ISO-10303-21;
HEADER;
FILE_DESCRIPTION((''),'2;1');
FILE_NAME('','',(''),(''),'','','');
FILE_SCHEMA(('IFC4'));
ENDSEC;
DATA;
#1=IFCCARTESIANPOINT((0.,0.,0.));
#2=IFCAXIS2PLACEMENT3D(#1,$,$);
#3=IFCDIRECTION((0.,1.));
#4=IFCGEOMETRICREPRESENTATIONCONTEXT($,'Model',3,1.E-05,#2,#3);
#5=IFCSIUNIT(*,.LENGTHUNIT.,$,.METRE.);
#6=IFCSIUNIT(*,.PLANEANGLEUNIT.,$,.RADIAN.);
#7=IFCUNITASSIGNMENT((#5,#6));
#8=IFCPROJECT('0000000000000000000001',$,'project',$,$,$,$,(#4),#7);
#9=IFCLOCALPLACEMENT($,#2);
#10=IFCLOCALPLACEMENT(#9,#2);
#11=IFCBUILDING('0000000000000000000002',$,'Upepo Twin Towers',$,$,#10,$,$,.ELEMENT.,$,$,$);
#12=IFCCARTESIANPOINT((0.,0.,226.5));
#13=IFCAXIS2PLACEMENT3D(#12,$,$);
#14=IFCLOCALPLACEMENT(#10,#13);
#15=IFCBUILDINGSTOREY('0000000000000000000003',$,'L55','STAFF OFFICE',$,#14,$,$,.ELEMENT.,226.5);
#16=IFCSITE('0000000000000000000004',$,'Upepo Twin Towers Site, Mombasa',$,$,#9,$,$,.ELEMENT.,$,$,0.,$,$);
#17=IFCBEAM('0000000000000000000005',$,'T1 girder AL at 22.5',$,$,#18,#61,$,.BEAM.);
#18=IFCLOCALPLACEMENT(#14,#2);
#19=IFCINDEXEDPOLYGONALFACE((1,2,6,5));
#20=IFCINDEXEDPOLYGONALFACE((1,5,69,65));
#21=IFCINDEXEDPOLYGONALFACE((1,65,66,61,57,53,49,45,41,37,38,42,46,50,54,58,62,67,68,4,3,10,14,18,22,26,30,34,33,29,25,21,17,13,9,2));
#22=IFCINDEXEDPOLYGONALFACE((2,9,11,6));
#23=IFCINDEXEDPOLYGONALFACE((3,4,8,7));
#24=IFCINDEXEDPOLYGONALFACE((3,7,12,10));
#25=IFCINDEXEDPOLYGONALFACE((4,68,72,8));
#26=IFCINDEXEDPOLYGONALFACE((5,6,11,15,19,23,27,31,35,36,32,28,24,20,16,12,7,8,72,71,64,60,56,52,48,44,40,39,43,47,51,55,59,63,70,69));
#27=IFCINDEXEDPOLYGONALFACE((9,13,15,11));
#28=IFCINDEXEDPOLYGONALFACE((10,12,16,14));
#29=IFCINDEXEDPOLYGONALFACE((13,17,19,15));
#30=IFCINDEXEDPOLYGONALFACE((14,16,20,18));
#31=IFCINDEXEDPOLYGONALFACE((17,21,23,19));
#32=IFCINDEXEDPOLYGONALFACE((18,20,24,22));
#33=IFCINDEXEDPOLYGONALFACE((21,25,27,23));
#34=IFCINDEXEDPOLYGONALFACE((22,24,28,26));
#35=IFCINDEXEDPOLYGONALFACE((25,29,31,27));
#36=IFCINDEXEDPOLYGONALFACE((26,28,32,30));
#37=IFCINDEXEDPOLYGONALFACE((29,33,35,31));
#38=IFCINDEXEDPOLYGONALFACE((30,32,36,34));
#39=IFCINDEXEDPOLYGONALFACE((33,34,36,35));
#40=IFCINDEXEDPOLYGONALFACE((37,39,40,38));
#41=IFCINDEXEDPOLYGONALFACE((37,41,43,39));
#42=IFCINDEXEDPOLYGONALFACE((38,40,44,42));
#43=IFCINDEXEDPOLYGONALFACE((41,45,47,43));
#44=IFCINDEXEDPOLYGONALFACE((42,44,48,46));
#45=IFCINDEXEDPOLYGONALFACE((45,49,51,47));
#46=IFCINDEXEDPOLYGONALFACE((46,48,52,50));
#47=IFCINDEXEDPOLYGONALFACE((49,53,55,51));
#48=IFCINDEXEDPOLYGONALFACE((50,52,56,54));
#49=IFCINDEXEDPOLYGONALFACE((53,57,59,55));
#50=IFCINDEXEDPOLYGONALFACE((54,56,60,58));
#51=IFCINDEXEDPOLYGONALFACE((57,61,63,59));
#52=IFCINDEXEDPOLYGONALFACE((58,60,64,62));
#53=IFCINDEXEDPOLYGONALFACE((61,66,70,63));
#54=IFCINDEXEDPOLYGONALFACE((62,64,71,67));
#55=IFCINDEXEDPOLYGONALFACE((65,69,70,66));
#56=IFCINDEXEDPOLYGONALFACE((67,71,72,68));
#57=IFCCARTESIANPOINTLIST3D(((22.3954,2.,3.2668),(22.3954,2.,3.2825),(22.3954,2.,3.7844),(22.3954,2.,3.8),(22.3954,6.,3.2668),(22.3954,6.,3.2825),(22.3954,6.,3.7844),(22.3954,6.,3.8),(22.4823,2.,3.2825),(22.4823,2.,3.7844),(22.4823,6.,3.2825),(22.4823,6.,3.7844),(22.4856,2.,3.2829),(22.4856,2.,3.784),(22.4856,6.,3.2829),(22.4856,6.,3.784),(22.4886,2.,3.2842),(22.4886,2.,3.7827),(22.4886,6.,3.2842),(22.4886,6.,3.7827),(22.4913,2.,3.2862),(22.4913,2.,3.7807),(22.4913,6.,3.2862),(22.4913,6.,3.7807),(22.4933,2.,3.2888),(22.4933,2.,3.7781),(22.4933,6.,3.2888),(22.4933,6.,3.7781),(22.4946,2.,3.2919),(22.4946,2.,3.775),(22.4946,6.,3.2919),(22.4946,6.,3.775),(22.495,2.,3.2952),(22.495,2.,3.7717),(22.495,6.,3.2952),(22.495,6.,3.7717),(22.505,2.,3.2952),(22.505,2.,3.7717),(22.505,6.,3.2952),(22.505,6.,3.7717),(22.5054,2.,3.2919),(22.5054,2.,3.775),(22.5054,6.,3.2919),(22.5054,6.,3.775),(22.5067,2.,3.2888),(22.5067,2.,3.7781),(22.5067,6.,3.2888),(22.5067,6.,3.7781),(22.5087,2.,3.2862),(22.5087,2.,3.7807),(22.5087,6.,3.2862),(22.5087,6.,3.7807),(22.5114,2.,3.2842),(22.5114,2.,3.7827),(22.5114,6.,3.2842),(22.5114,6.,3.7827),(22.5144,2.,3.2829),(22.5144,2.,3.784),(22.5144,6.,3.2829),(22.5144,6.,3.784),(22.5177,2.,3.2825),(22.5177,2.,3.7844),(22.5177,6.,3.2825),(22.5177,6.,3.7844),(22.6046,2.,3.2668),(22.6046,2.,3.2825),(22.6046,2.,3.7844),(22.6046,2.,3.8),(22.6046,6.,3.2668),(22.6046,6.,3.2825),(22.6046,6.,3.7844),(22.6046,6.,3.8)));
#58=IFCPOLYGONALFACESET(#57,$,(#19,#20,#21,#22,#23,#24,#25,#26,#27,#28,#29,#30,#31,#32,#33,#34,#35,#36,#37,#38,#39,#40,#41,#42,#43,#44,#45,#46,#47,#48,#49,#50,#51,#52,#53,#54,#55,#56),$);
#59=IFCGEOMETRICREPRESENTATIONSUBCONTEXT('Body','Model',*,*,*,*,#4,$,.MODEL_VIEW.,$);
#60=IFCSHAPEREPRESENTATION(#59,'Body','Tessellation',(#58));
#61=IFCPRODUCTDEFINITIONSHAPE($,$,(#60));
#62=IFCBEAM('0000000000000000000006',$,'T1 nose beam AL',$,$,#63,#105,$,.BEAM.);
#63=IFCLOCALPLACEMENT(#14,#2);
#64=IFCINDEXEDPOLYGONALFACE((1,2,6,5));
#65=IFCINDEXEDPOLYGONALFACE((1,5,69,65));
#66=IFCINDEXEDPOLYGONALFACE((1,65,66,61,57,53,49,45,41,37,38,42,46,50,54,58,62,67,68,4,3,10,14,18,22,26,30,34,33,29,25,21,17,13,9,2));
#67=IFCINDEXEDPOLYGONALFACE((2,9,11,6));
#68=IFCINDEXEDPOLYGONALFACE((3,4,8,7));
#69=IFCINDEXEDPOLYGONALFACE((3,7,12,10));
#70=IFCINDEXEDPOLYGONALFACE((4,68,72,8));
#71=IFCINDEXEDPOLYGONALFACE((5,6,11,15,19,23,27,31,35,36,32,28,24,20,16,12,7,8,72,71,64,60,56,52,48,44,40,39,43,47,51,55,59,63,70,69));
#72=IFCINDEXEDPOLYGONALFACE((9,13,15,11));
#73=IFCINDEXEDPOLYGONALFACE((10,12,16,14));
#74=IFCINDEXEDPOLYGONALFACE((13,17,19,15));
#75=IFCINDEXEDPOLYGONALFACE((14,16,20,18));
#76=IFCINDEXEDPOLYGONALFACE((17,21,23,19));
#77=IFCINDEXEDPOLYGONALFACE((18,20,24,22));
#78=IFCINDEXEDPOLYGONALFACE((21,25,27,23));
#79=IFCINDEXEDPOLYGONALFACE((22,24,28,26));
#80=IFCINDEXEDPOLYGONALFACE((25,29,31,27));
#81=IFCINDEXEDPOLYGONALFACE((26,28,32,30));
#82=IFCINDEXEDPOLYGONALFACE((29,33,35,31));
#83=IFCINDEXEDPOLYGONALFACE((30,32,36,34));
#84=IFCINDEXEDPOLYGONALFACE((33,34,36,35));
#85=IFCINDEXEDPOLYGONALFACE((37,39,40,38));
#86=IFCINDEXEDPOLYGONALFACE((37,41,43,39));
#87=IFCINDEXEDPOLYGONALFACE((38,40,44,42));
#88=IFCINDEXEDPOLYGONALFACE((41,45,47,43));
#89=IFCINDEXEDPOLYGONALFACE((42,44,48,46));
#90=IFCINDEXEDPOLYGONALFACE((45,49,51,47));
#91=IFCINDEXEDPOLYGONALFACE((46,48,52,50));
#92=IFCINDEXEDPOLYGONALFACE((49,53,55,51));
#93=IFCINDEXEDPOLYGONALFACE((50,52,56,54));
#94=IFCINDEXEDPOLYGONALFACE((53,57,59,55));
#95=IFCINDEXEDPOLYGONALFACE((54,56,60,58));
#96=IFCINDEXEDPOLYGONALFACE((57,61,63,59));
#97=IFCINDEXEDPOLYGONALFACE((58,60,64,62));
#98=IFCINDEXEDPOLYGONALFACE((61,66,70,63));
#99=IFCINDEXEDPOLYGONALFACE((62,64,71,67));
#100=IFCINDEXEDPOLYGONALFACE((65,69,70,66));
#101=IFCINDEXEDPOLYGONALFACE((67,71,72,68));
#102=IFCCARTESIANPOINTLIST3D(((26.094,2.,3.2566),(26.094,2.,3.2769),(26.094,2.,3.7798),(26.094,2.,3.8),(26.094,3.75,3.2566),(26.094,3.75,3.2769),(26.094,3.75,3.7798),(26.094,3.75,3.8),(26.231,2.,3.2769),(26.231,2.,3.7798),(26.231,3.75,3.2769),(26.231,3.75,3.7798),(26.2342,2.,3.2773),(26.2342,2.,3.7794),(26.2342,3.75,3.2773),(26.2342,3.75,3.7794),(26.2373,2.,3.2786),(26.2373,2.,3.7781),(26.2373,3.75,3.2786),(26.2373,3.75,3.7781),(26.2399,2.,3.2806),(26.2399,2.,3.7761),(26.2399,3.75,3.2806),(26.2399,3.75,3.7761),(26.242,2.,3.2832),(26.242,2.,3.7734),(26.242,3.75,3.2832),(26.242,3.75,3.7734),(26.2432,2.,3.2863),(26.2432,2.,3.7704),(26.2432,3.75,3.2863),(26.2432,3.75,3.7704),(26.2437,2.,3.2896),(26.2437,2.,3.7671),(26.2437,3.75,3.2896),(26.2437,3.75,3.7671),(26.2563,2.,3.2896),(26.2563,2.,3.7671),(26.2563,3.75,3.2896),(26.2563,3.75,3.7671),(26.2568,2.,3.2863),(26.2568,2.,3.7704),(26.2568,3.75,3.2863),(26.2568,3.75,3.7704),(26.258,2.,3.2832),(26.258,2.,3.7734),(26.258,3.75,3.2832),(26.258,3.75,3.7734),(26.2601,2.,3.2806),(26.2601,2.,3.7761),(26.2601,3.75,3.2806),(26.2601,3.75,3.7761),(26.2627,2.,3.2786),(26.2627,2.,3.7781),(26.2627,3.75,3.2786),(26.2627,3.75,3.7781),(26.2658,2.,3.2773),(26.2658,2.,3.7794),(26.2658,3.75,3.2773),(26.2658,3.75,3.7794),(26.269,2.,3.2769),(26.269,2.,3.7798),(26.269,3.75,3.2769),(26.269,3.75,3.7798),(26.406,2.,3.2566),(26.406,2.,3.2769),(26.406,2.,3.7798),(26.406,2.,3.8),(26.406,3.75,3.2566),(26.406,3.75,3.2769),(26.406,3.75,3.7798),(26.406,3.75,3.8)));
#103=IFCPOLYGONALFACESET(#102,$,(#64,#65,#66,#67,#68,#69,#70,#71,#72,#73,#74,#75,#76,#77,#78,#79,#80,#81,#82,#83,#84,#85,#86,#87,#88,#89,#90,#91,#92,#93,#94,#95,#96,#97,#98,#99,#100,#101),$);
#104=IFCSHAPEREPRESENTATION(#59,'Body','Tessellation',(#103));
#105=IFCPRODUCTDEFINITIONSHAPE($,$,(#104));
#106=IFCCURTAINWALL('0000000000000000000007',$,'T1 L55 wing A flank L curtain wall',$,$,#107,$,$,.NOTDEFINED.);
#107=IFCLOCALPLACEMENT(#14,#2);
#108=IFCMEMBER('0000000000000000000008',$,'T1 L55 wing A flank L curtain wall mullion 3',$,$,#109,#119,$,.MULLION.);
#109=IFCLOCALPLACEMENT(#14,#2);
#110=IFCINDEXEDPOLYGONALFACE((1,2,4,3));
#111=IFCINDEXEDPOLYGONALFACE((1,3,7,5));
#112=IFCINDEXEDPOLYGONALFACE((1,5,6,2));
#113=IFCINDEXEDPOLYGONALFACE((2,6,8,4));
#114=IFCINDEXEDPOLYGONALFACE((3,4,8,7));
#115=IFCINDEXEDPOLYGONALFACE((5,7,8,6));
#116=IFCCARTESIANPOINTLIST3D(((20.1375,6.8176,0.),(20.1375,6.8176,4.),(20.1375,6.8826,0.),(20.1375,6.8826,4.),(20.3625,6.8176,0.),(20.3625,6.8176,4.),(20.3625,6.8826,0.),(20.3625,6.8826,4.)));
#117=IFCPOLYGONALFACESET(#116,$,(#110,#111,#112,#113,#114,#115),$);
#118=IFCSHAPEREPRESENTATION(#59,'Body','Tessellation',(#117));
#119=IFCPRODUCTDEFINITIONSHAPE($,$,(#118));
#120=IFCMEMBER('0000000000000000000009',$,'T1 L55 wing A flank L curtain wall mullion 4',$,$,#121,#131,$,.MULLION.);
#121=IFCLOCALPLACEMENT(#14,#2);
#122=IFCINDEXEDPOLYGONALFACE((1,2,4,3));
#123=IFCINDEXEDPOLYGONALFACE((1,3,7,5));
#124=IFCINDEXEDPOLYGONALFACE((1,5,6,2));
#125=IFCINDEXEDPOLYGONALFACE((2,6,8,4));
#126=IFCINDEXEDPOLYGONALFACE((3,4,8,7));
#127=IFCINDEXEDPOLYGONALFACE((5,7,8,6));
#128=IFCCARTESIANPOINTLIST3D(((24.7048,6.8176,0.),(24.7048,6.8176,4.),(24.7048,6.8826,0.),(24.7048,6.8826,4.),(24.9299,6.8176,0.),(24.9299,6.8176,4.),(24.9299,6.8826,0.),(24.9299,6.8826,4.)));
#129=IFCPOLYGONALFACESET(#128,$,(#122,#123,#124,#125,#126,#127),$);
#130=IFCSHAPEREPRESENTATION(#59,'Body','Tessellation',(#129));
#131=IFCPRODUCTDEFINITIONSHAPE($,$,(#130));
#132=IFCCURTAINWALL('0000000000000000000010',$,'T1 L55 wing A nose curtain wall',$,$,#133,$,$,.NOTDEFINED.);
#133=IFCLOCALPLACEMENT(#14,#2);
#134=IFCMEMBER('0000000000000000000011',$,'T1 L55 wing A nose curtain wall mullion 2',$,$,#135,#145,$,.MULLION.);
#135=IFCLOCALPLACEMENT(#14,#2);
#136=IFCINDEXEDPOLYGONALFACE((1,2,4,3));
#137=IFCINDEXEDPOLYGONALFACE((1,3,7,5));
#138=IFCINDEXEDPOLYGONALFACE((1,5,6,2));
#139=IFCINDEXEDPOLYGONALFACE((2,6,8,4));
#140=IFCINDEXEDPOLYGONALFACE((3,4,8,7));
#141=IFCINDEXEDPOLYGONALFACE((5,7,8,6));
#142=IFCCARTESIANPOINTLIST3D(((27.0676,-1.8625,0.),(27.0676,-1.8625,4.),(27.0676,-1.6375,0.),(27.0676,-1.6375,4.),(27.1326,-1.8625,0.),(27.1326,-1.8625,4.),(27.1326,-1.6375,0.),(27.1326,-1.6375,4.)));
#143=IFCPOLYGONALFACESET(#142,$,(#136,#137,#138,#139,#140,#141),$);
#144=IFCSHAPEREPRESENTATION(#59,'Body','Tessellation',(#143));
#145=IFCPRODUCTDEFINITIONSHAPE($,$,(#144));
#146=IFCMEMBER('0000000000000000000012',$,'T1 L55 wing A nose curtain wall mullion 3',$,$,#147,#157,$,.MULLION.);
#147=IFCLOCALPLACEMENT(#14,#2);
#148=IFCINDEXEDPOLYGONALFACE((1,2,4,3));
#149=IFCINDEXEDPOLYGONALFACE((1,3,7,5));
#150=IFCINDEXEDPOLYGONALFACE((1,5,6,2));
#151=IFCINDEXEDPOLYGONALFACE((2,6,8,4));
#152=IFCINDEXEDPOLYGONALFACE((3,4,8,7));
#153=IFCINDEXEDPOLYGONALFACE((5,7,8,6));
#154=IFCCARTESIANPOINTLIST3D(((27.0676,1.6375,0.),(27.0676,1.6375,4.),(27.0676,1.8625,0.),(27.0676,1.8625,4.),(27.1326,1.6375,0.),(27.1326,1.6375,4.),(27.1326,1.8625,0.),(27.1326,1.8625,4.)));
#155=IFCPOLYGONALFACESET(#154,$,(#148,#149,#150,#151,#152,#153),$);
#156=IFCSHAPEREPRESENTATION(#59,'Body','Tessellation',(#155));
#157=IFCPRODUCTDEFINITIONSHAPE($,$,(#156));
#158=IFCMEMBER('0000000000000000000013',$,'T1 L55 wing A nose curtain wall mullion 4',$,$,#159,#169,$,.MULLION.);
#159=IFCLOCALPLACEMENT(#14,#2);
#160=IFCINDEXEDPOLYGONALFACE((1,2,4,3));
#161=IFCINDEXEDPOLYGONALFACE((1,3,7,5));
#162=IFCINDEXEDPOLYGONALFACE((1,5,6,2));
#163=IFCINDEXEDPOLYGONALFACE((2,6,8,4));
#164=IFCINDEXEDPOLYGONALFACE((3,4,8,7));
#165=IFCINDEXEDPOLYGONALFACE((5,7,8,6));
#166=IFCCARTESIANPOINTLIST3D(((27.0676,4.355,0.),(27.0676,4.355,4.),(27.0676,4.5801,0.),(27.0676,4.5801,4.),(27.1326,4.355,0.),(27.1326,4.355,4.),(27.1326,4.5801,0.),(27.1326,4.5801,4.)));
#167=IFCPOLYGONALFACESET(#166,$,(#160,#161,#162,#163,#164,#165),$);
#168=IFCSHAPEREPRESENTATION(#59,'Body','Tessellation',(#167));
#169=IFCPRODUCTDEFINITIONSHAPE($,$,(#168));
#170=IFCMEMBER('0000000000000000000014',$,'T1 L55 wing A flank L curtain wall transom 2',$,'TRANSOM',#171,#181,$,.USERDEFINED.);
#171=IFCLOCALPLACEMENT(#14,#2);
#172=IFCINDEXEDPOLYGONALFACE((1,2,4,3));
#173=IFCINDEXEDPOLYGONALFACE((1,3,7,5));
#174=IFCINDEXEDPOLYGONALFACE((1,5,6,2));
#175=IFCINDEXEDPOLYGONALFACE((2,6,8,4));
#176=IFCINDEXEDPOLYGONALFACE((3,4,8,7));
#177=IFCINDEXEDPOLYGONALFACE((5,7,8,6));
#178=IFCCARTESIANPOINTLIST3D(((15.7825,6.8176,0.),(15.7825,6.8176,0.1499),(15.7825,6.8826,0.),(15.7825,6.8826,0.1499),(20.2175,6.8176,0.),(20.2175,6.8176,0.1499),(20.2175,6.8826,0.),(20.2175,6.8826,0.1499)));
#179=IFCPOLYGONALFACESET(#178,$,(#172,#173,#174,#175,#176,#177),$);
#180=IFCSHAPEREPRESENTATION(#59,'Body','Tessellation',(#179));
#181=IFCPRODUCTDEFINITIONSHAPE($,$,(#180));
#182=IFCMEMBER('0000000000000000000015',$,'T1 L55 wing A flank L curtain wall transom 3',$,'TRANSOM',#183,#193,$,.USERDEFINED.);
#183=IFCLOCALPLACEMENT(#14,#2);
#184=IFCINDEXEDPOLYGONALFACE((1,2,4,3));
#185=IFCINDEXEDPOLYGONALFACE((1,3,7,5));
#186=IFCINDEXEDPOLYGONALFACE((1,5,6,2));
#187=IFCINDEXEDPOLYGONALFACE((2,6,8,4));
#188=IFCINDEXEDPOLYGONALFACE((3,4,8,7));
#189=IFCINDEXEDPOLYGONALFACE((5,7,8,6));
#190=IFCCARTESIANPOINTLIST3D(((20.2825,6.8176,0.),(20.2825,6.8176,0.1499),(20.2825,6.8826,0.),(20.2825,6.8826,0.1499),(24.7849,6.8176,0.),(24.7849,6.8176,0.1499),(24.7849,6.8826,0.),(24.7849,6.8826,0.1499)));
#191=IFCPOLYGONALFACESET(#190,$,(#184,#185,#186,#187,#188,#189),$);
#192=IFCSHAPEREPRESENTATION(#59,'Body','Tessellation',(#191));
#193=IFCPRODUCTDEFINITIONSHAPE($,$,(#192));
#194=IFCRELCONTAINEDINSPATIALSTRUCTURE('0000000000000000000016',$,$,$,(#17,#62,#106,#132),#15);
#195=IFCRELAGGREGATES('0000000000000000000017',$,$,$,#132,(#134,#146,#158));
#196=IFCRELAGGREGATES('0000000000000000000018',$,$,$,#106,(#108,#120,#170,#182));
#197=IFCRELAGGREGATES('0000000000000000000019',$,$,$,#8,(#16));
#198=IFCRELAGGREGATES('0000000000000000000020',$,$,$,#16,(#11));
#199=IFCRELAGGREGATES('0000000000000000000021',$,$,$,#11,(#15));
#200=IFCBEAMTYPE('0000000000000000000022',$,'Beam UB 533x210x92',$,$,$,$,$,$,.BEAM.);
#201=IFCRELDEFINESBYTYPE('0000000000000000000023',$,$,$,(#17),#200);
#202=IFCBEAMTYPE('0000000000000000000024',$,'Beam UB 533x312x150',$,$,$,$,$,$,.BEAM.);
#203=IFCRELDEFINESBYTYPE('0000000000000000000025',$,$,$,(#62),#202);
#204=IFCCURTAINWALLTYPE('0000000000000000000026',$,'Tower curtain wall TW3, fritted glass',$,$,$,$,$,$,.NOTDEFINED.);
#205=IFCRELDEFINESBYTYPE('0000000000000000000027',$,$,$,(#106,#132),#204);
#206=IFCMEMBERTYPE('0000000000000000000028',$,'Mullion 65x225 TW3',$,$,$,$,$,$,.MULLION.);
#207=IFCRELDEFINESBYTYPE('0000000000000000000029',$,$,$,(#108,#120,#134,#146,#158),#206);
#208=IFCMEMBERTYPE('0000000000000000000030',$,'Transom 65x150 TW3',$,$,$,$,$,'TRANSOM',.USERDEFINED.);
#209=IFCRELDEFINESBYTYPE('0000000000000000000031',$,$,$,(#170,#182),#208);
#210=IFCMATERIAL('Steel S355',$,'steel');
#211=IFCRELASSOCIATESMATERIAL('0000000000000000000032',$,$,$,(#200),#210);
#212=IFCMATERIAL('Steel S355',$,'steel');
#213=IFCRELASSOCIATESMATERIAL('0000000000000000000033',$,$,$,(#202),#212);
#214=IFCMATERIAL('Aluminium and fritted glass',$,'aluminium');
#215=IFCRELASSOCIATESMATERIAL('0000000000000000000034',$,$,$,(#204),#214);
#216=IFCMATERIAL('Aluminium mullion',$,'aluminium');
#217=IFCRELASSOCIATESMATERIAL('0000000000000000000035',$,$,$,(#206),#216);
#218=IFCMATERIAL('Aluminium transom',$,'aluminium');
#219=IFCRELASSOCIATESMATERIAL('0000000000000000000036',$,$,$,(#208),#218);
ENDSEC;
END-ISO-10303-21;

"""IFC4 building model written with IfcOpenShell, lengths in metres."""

from ifc_helpers import new_model, si_unit, direction, frame, origin, origin_2d, place, context, subcontext, project, spatial, rectangle, i_section, extrude, material, material_profile, profile_set, type_object, element, aggregate, save


model = new_model("IFC4")

# Units and contexts
model_context = context("Model", 3, precision=1e-05, world=origin(), true_north=direction((0.0, 1.0)))
body_context = subcontext(model_context, "Body", "Model", "MODEL_VIEW")
ifc_project = project(units=[si_unit("LENGTHUNIT", "METRE"), si_unit("PLANEANGLEUNIT", "RADIAN")], contexts=[model_context])

# Site, building, storey
site_placement = place(None, origin())
site = spatial("IfcSite", under=ifc_project, at=site_placement, Name="Upepo Twin Towers Site, Mombasa", CompositionType="ELEMENT", RefElevation=0.0)
building_placement = place(site_placement, origin())
building = spatial("IfcBuilding", under=site, at=building_placement, Name="Upepo Twin Towers", CompositionType="ELEMENT")
storey_placement = place(building_placement, frame((0.0, 0.0, 226.5)))
storey = spatial("IfcBuildingStorey", under=building, at=storey_placement, Name="L55", Description="STAFF OFFICE", CompositionType="ELEMENT", Elevation=226.5)

# Beams
ifc_material_1 = material(Name="Steel S355", Category="steel")
ifc_material_profile_1 = material_profile(ifc_material_1, i_section(OverallWidth=0.2092, OverallDepth=0.5332, WebThickness=0.01, FlangeThickness=0.0156, FilletRadius=0.0127, at=origin_2d()), Name="UB 533x210x92")
ifc_profile_set_1 = profile_set([ifc_material_profile_1], Name="Steel S355")
beam_type_1 = type_object("IfcBeamType", Name="Beam UB 533x210x92", PredefinedType="BEAM", material=ifc_profile_set_1)
for number, where, z_axis, x_axis, name in (
    (1, (22.5, 6.0, 3.5334), (0.0, -1.0, 0.0), (1.0, 0.0, 0.0), "T1 girder AL at 22.5"),
):
    element("IfcBeam", number, at=place(storey_placement, frame(where, z_axis=z_axis, x_axis=x_axis)), inside=storey, type_object=beam_type_1, Name=name, PredefinedType="BEAM", context=body_context, shape_type="SweptSolid", body=[
        extrude(i_section(OverallWidth=0.2092, OverallDepth=0.5332, WebThickness=0.01, FlangeThickness=0.0156, FilletRadius=0.0127, at=origin_2d()), origin(), (0.0, 0.0, 1.0), 4.0),
    ])
ifc_material_2 = material(Name="Steel S355", Category="steel")
ifc_material_profile_2 = material_profile(ifc_material_2, i_section(OverallWidth=0.312, OverallDepth=0.5435, WebThickness=0.0127, FlangeThickness=0.0203, FilletRadius=0.0127, at=origin_2d()), Name="UB 533x312x150")
ifc_profile_set_2 = profile_set([ifc_material_profile_2], Name="Steel S355")
beam_type_2 = type_object("IfcBeamType", Name="Beam UB 533x312x150", PredefinedType="BEAM", material=ifc_profile_set_2)
beam_1_placement = place(storey_placement, frame((26.25, 3.75, 3.5283), z_axis=(0.0, -1.0, 0.0), x_axis=(1.0, 0.0, 0.0)))
element("IfcBeam", 2, at=beam_1_placement, inside=storey, type_object=beam_type_2, Name="T1 nose beam AL", PredefinedType="BEAM", context=body_context, shape_type="SweptSolid", body=[
    extrude(i_section(OverallWidth=0.312, OverallDepth=0.5435, WebThickness=0.0127, FlangeThickness=0.0203, FilletRadius=0.0127, at=origin_2d()), origin(), (0.0, 0.0, 1.0), 1.75),
])

# Curtain walls, members
ifc_material_3 = material(Name="Aluminium and fritted glass", Category="aluminium")
curtain_wall_type = type_object("IfcCurtainWallType", Name="Tower curtain wall TW3, fritted glass", PredefinedType="NOTDEFINED", material=ifc_material_3)
curtain_wall_1_placement = place(storey_placement, origin())
curtain_wall_1 = element("IfcCurtainWall", 3, at=curtain_wall_1_placement, inside=storey, type_object=curtain_wall_type, Name="T1 L55 wing A flank L curtain wall", PredefinedType="NOTDEFINED")
ifc_material_4 = material(Name="Aluminium mullion", Category="aluminium")
ifc_material_profile_3 = material_profile(ifc_material_4, rectangle(XDim=0.0649, YDim=0.2251, at=origin_2d()), Name="MULLION 65x225")
ifc_profile_set_3 = profile_set([ifc_material_profile_3], Name="Aluminium mullion")
member_type_1 = type_object("IfcMemberType", Name="Mullion 65x225 TW3", PredefinedType="MULLION", material=ifc_profile_set_3)
member_1_placement = place(storey_placement, frame((20.25, 6.8501, 0.0), z_axis=(0.0, 0.0, 1.0), x_axis=(0.0, 1.0, 0.0)))
member_1 = element("IfcMember", 4, at=member_1_placement, type_object=member_type_1, Name="T1 L55 wing A flank L curtain wall mullion 3", PredefinedType="MULLION", context=body_context, shape_type="SweptSolid", body=[
    extrude(rectangle(XDim=0.0649, YDim=0.2251, at=origin_2d()), origin(), (0.0, 0.0, 1.0), 4.0),
])
member_2_placement = place(storey_placement, frame((24.8174, 6.8501, 0.0), z_axis=(0.0, 0.0, 1.0), x_axis=(0.0, 1.0, 0.0)))
member_2 = element("IfcMember", 5, at=member_2_placement, type_object=member_type_1, Name="T1 L55 wing A flank L curtain wall mullion 4", PredefinedType="MULLION", context=body_context, shape_type="SweptSolid", body=[
    extrude(rectangle(XDim=0.0649, YDim=0.2251, at=origin_2d()), origin(), (0.0, 0.0, 1.0), 4.0),
])
curtain_wall_2_placement = place(storey_placement, origin())
curtain_wall_2 = element("IfcCurtainWall", 6, at=curtain_wall_2_placement, inside=storey, type_object=curtain_wall_type, Name="T1 L55 wing A nose curtain wall", PredefinedType="NOTDEFINED")
member_3_placement = place(storey_placement, frame((27.1001, -1.75, 0.0), z_axis=(0.0, 0.0, 1.0), x_axis=(-1.0, 0.0, 0.0)))
member_3 = element("IfcMember", 7, at=member_3_placement, type_object=member_type_1, Name="T1 L55 wing A nose curtain wall mullion 2", PredefinedType="MULLION", context=body_context, shape_type="SweptSolid", body=[
    extrude(rectangle(XDim=0.0649, YDim=0.2251, at=origin_2d()), origin(), (0.0, 0.0, 1.0), 4.0),
])
member_4_placement = place(storey_placement, frame((27.1001, 1.75, 0.0), z_axis=(0.0, 0.0, 1.0), x_axis=(-1.0, 0.0, 0.0)))
member_4 = element("IfcMember", 8, at=member_4_placement, type_object=member_type_1, Name="T1 L55 wing A nose curtain wall mullion 3", PredefinedType="MULLION", context=body_context, shape_type="SweptSolid", body=[
    extrude(rectangle(XDim=0.0649, YDim=0.2251, at=origin_2d()), origin(), (0.0, 0.0, 1.0), 4.0),
])
member_5_placement = place(storey_placement, frame((27.1001, 4.4675, 0.0), z_axis=(0.0, 0.0, 1.0), x_axis=(-1.0, 0.0, 0.0)))
member_5 = element("IfcMember", 9, at=member_5_placement, type_object=member_type_1, Name="T1 L55 wing A nose curtain wall mullion 4", PredefinedType="MULLION", context=body_context, shape_type="SweptSolid", body=[
    extrude(rectangle(XDim=0.0649, YDim=0.2251, at=origin_2d()), origin(), (0.0, 0.0, 1.0), 4.0),
])

# Members
ifc_material_5 = material(Name="Aluminium transom", Category="aluminium")
ifc_material_profile_4 = material_profile(ifc_material_5, rectangle(XDim=0.0649, YDim=0.1499, at=origin_2d()), Name="TRANSOM 65x150")
ifc_profile_set_4 = profile_set([ifc_material_profile_4], Name="Aluminium transom")
member_type_2 = type_object("IfcMemberType", Name="Transom 65x150 TW3", ElementType="TRANSOM", PredefinedType="USERDEFINED", material=ifc_profile_set_4)
member_6_placement = place(storey_placement, frame((15.7825, 6.8501, 0.075), z_axis=(1.0, 0.0, 0.0), x_axis=(0.0, 1.0, 0.0)))
member_6 = element("IfcMember", 10, at=member_6_placement, type_object=member_type_2, Name="T1 L55 wing A flank L curtain wall transom 2", ObjectType="TRANSOM", PredefinedType="USERDEFINED", context=body_context, shape_type="SweptSolid", body=[
    extrude(rectangle(XDim=0.0649, YDim=0.1499, at=origin_2d()), origin(), (0.0, 0.0, 1.0), 4.4351),
])
member_7_placement = place(storey_placement, frame((20.2825, 6.8501, 0.075), z_axis=(1.0, 0.0, 0.0), x_axis=(0.0, 1.0, 0.0)))
member_7 = element("IfcMember", 11, at=member_7_placement, type_object=member_type_2, Name="T1 L55 wing A flank L curtain wall transom 3", ObjectType="TRANSOM", PredefinedType="USERDEFINED", context=body_context, shape_type="SweptSolid", body=[
    extrude(rectangle(XDim=0.0649, YDim=0.1499, at=origin_2d()), origin(), (0.0, 0.0, 1.0), 4.5024),
])
aggregate(curtain_wall_2, [member_3, member_4, member_5])

aggregate(curtain_wall_1, [member_1, member_2, member_6, member_7])

save(model, "model.ifc")
